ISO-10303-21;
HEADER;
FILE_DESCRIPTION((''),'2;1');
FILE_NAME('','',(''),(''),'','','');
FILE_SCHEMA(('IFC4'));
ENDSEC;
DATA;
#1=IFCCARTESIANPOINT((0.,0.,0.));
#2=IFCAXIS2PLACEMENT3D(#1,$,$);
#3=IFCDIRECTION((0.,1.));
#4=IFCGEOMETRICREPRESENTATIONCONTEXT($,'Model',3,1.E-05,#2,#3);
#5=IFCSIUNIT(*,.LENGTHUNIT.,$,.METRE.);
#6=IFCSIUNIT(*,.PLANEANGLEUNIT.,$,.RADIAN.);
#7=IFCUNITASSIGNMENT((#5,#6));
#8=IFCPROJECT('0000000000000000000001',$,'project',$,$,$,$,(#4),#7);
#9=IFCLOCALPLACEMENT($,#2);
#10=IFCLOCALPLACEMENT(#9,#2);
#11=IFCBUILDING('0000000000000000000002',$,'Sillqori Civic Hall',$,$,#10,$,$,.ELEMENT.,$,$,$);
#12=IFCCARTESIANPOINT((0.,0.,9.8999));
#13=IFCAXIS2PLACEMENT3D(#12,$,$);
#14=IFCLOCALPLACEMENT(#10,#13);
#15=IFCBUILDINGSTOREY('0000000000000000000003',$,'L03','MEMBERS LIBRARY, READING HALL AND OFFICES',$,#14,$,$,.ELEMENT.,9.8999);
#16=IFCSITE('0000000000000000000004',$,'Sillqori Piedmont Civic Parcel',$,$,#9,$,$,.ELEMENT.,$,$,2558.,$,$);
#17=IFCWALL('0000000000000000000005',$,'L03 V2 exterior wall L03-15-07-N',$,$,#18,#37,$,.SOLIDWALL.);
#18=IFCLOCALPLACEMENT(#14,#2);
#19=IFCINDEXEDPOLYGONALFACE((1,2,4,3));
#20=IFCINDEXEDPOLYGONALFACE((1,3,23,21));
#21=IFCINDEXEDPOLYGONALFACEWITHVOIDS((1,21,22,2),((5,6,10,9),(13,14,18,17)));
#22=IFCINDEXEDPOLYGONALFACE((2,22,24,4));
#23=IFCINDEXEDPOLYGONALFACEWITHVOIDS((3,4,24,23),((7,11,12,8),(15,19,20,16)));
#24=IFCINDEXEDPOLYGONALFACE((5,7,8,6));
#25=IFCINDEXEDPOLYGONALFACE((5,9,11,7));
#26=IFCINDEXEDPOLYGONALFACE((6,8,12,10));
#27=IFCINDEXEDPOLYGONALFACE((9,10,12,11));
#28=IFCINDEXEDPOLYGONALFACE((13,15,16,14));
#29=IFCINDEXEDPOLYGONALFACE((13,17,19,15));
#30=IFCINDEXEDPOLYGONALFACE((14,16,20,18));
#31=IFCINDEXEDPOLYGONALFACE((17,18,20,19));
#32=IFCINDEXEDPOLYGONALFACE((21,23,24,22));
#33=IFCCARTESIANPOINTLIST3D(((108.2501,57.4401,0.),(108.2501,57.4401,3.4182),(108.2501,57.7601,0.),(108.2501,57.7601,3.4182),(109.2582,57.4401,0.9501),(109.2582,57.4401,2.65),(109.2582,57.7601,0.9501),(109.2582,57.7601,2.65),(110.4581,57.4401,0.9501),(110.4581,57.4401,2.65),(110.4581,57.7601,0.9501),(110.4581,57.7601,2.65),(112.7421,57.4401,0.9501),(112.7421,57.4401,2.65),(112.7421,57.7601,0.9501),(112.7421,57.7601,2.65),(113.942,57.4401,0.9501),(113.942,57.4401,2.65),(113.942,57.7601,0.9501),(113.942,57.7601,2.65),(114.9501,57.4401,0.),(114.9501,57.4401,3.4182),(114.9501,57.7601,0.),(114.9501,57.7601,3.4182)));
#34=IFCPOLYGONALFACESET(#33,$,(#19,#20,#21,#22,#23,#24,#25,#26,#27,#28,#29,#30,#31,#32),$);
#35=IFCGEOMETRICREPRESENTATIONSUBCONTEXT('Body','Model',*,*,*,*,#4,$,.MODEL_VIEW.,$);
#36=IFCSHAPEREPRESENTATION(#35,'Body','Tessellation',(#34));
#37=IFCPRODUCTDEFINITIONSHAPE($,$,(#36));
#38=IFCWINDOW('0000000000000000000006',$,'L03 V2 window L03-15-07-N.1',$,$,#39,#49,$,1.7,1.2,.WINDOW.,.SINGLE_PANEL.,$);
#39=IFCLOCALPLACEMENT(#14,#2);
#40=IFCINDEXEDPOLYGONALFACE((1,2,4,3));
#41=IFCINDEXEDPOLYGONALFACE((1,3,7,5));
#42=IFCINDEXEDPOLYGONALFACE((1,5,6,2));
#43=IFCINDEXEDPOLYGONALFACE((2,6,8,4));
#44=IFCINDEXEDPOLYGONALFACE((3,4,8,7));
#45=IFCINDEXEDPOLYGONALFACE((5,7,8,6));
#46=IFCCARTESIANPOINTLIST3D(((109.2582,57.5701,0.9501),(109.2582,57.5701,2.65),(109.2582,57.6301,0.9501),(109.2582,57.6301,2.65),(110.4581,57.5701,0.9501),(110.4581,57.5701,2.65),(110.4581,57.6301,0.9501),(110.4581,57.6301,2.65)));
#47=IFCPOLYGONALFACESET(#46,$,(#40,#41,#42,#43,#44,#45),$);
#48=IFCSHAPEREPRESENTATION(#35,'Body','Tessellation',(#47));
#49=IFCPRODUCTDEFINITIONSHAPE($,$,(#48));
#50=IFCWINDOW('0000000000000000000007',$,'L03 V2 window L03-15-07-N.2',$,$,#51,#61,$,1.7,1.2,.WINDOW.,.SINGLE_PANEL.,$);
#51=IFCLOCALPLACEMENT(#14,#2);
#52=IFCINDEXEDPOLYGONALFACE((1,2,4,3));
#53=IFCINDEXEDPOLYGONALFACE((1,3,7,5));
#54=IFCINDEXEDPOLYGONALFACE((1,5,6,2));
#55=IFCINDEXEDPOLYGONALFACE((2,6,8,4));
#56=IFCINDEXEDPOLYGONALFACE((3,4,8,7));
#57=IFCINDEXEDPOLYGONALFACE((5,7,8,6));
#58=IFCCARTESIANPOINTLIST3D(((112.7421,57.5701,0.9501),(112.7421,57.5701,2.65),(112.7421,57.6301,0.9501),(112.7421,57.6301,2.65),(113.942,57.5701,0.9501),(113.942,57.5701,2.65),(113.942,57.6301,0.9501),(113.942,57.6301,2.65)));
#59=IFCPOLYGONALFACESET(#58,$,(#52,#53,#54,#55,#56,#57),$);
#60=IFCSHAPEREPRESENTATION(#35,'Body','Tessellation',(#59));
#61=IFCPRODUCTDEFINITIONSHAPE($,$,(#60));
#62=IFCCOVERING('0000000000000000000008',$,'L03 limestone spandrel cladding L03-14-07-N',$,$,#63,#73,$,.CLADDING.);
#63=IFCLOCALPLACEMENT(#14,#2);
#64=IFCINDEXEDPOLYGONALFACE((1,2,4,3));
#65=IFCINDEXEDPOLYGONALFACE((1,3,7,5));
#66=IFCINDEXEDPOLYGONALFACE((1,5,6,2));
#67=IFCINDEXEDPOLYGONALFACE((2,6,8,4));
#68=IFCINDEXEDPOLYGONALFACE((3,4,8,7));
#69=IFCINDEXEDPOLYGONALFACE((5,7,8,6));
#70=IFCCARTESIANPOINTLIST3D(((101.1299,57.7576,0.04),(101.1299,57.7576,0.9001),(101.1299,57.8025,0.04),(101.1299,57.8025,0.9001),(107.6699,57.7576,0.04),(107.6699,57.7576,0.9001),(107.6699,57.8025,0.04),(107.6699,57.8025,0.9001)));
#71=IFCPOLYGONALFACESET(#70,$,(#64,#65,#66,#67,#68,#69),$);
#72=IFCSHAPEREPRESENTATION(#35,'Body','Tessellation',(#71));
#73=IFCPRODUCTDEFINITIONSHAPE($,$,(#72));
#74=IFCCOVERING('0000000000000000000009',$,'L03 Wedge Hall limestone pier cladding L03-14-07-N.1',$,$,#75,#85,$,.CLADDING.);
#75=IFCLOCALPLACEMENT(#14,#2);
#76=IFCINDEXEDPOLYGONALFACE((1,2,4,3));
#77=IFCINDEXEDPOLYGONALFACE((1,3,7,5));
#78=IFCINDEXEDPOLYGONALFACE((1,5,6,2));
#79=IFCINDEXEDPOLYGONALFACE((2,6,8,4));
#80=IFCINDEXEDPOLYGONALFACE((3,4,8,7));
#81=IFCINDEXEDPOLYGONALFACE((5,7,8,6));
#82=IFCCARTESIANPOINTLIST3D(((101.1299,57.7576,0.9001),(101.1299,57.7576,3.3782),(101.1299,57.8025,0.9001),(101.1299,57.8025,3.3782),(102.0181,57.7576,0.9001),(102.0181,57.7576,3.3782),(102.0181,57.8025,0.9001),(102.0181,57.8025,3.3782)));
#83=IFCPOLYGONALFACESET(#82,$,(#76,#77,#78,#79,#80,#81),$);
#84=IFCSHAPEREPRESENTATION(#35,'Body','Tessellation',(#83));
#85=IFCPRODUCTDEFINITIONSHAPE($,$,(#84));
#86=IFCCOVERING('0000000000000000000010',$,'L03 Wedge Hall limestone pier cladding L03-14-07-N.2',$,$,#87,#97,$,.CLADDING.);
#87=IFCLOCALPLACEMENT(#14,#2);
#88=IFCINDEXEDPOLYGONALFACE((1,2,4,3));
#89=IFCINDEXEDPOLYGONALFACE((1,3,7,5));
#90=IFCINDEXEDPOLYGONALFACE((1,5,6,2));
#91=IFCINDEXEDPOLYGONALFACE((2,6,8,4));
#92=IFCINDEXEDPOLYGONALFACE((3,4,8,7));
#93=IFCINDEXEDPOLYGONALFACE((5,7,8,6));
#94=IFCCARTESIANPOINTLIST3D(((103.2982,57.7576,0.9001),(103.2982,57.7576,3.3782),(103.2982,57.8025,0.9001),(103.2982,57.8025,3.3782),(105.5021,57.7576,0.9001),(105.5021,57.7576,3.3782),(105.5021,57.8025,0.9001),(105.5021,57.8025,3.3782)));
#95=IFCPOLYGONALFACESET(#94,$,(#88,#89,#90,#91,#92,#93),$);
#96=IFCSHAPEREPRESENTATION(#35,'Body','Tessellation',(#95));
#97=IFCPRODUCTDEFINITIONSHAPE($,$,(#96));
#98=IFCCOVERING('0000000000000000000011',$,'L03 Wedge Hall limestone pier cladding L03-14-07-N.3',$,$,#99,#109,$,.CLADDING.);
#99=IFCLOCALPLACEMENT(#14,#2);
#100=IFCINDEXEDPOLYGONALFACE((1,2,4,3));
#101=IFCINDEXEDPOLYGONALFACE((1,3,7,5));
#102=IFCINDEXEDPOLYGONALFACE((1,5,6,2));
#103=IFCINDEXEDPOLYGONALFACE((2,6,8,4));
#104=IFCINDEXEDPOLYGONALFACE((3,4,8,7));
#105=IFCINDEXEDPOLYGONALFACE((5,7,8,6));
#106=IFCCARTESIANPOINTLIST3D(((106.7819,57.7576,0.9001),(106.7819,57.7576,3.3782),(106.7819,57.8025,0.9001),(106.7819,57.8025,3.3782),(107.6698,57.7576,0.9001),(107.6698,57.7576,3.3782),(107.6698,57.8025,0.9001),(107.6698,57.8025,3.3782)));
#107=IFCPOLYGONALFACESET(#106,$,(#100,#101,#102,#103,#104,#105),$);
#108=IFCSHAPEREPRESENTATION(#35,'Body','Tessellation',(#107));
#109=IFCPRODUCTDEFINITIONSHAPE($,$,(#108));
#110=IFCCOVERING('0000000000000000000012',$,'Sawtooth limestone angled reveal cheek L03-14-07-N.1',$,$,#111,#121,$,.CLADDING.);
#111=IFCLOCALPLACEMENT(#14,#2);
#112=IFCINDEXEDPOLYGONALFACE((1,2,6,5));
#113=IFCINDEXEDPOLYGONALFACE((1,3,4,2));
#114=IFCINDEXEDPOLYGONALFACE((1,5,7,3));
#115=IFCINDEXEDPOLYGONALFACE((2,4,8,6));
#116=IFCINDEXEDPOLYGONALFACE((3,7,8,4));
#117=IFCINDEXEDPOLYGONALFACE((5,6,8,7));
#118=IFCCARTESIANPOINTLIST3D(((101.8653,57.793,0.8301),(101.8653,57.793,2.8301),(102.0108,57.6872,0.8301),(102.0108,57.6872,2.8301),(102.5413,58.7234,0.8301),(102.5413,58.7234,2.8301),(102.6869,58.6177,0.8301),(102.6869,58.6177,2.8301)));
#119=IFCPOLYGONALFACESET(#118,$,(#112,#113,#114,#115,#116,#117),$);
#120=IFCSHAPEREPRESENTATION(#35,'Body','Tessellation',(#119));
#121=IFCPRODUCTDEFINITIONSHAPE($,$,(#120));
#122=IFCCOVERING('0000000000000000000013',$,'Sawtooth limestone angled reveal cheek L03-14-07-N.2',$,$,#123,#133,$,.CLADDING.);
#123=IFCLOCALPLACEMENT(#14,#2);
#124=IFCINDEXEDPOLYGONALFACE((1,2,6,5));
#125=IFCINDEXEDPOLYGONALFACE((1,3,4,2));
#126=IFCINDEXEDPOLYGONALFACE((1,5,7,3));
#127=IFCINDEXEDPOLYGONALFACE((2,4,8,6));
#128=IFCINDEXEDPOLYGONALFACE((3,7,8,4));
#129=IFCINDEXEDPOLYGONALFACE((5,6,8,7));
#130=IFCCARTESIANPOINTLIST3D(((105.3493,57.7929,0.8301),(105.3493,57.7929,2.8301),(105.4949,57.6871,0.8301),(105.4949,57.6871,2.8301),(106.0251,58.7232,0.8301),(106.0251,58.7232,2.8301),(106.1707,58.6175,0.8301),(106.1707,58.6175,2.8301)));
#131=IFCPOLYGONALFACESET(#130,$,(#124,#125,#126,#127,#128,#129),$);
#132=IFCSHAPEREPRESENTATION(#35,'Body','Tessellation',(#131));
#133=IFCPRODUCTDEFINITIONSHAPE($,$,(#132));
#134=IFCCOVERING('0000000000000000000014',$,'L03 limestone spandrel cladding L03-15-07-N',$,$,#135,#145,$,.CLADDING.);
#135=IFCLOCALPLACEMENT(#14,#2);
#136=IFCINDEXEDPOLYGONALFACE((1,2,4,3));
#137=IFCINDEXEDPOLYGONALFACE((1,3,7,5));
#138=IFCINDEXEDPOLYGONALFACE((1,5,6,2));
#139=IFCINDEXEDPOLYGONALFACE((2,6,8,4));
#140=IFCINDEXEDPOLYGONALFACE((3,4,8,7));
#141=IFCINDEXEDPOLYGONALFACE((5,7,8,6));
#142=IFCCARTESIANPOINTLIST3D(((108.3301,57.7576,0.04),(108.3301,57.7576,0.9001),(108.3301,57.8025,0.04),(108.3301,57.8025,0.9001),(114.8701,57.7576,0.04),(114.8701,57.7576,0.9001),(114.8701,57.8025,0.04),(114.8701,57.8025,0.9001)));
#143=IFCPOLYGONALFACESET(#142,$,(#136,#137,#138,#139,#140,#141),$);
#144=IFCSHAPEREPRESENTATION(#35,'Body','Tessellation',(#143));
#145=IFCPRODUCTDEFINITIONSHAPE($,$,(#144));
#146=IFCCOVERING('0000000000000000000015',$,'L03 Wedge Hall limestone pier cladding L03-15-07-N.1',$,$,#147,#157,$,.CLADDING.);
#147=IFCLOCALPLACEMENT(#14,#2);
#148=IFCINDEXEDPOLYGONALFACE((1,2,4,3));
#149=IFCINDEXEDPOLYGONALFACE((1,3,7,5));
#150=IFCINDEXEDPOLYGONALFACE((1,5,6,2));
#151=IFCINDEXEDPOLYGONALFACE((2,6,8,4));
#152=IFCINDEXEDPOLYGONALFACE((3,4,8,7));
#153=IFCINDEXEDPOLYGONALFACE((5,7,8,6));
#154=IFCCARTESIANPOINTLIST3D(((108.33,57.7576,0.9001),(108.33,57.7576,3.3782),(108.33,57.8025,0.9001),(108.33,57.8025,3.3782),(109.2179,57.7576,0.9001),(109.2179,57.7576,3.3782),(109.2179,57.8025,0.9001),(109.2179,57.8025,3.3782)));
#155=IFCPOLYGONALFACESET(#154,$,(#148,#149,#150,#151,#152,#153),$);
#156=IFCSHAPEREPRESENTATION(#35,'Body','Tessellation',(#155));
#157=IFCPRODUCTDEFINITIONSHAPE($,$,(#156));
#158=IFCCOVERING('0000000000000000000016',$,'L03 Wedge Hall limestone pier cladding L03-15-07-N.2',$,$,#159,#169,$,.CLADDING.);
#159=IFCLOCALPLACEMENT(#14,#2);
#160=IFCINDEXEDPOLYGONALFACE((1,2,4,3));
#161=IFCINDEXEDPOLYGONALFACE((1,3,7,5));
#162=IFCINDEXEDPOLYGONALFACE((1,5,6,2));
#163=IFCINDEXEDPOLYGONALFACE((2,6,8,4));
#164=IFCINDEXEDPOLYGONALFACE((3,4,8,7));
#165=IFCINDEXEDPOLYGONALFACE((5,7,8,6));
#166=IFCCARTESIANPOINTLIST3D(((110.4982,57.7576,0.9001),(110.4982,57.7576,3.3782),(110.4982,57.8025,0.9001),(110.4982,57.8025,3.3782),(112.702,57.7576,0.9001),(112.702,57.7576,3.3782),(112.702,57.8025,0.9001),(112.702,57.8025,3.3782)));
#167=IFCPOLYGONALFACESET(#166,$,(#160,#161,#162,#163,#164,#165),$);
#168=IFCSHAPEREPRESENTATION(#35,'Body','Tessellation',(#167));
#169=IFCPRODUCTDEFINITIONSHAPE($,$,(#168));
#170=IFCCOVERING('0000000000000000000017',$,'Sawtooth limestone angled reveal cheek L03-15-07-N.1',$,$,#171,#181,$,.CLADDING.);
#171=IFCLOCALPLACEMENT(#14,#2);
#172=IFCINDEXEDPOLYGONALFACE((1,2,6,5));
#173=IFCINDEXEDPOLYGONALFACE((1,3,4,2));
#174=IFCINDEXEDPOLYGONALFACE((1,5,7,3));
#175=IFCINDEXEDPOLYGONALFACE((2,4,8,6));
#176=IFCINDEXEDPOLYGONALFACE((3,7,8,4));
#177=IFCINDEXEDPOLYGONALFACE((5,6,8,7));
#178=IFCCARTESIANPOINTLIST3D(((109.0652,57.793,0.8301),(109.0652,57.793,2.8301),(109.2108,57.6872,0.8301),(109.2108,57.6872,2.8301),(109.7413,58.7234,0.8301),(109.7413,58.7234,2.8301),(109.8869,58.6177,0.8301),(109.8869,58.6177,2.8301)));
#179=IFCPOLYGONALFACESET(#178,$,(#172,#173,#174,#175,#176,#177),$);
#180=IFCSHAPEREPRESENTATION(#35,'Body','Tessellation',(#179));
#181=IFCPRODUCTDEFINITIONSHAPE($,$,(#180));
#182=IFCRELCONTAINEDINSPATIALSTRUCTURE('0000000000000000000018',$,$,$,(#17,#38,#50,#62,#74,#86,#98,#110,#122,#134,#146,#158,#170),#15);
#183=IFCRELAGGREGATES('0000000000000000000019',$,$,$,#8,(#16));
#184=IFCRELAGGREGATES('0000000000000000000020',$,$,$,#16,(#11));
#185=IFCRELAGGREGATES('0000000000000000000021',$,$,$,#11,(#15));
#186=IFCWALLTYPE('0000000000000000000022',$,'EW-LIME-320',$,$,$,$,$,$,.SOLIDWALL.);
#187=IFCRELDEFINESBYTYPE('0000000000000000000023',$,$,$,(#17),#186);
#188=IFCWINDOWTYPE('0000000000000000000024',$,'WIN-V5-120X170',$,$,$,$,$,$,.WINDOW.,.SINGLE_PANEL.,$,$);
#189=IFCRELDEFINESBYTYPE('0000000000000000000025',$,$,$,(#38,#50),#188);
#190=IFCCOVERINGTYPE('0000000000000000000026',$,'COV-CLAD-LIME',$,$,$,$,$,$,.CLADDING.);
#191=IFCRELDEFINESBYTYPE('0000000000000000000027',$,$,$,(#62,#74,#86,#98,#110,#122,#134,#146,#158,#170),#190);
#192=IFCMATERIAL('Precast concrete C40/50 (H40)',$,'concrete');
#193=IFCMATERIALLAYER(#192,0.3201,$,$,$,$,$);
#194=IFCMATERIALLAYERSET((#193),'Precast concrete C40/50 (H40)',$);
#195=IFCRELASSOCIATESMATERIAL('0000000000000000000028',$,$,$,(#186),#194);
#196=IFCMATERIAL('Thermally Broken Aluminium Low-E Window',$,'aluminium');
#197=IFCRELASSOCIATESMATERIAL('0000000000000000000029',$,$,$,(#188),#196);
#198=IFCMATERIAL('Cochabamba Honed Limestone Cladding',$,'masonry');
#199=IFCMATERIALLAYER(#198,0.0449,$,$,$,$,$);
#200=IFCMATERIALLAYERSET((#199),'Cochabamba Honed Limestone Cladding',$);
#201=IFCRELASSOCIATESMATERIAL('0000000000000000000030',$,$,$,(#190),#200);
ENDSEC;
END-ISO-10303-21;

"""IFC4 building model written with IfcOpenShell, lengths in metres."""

from ifc_helpers import new_model, si_unit, direction, frame, frame_2d, origin, place, context, subcontext, project, spatial, rectangle, extrude, material, layer, layer_set, type_object, element, fill, save


model = new_model("IFC4")

# Units and contexts
model_context = context("Model", 3, precision=1e-05, world=origin(), true_north=direction((0.0, 1.0)))
body_context = subcontext(model_context, "Body", "Model", "MODEL_VIEW")
ifc_project = project(units=[si_unit("LENGTHUNIT", "METRE"), si_unit("PLANEANGLEUNIT", "RADIAN")], contexts=[model_context])

# Site, building, storey
site_placement = place(None, origin())
site = spatial("IfcSite", under=ifc_project, at=site_placement, Name="Sillqori Piedmont Civic Parcel", CompositionType="ELEMENT", RefElevation=2558.0)
building_placement = place(site_placement, origin())
building = spatial("IfcBuilding", under=site, at=building_placement, Name="Sillqori Civic Hall", CompositionType="ELEMENT")
storey_placement = place(building_placement, frame((0.0, 0.0, 9.8999)))
storey = spatial("IfcBuildingStorey", under=building, at=storey_placement, Name="L03", Description="MEMBERS LIBRARY, READING HALL AND OFFICES", CompositionType="ELEMENT", Elevation=9.8999)

# Wall, openings, windows
ifc_material_1 = material(Name="Precast concrete C40/50 (H40)", Category="concrete")
ifc_layer_1 = layer(ifc_material_1, 0.3201)
ifc_layer_set_1 = layer_set([ifc_layer_1], Name="Precast concrete C40/50 (H40)")
wall_type = type_object("IfcWallType", Name="EW-LIME-320", PredefinedType="SOLIDWALL", material=ifc_layer_set_1)
ifc_material_2 = material(Name="Thermally Broken Aluminium Low-E Window", Category="aluminium")
window_type = type_object("IfcWindowType", Name="WIN-V5-120X170", PartitioningType="SINGLE_PANEL", PredefinedType="WINDOW", material=ifc_material_2)
wall_1_placement = place(storey_placement, frame((108.25, 57.6001, 0.0), z_axis=(0.0, 0.0, 1.0), x_axis=(1.0, 0.0, 0.0)))
wall_1 = element("IfcWall", 1, at=wall_1_placement, inside=storey, type_object=wall_type, Name="L03 V2 exterior wall L03-15-07-N", PredefinedType="SOLIDWALL", context=body_context, shape_type="SweptSolid", body=[
    extrude(rectangle(XDim=6.7, YDim=0.3201, at=frame_2d((3.3501, 0.0))), origin(), (0.0, 0.0, 1.0), 3.4182),
])
opening_1_placement = place(wall_1_placement, frame((1.0081, 0.0, 0.95)))
opening_1 = element("IfcOpeningElement", 2, at=opening_1_placement, cuts=wall_1, PredefinedType="OPENING", context=body_context, shape_type="SweptSolid", body=[
    extrude(rectangle(XDim=1.2, YDim=1.7, at=frame_2d((0.6001, 0.8501))), frame((0.0, 0.1699, 0.0), z_axis=(0.0, -1.0, 0.0), x_axis=(1.0, 0.0, 0.0)), (0.0, 0.0, 1.0), 0.3401),
])
opening_2_placement = place(wall_1_placement, frame((4.4919, 0.0, 0.95)))
opening_2 = element("IfcOpeningElement", 3, at=opening_2_placement, cuts=wall_1, PredefinedType="OPENING", context=body_context, shape_type="SweptSolid", body=[
    extrude(rectangle(XDim=1.2, YDim=1.7, at=frame_2d((0.6001, 0.8501))), frame((0.0, 0.1699, 0.0), z_axis=(0.0, -1.0, 0.0), x_axis=(1.0, 0.0, 0.0)), (0.0, 0.0, 1.0), 0.3401),
])
window_1_placement = place(opening_1_placement, origin())
window_1 = element("IfcWindow", 4, at=window_1_placement, inside=storey, type_object=window_type, Name="L03 V2 window L03-15-07-N.1", OverallHeight=1.7, OverallWidth=1.2, PartitioningType="SINGLE_PANEL", PredefinedType="WINDOW", context=body_context, shape_type="SweptSolid", body=[
    extrude(rectangle(XDim=1.2, YDim=1.7, at=frame_2d((0.6001, 0.8501))), frame((0.0, 0.03, 0.0), z_axis=(0.0, -1.0, 0.0), x_axis=(1.0, 0.0, 0.0)), (0.0, 0.0, 1.0), 0.0601),
])
fill(opening_1, window_1)
window_2_placement = place(opening_2_placement, origin())
window_2 = element("IfcWindow", 5, at=window_2_placement, inside=storey, type_object=window_type, Name="L03 V2 window L03-15-07-N.2", OverallHeight=1.7, OverallWidth=1.2, PartitioningType="SINGLE_PANEL", PredefinedType="WINDOW", context=body_context, shape_type="SweptSolid", body=[
    extrude(rectangle(XDim=1.2, YDim=1.7, at=frame_2d((0.6001, 0.8501))), frame((0.0, 0.03, 0.0), z_axis=(0.0, -1.0, 0.0), x_axis=(1.0, 0.0, 0.0)), (0.0, 0.0, 1.0), 0.0601),
])
fill(opening_2, window_2)

# Coverings
ifc_material_3 = material(Name="Cochabamba Honed Limestone Cladding", Category="masonry")
ifc_layer_2 = layer(ifc_material_3, 0.0449)
ifc_layer_set_2 = layer_set([ifc_layer_2], Name="Cochabamba Honed Limestone Cladding")
covering_type = type_object("IfcCoveringType", Name="COV-CLAD-LIME", PredefinedType="CLADDING", material=ifc_layer_set_2)
covering_1_placement = place(storey_placement, frame((101.1299, 57.78, 0.04), z_axis=(0.0, 0.0, 1.0), x_axis=(1.0, 0.0, 0.0)))
element("IfcCovering", 6, at=covering_1_placement, inside=storey, type_object=covering_type, Name="L03 limestone spandrel cladding L03-14-07-N", PredefinedType="CLADDING", context=body_context, shape_type="SweptSolid", body=[
    extrude(rectangle(XDim=6.54, YDim=0.0449, at=frame_2d((3.27, 0.0))), origin(), (0.0, 0.0, 1.0), 0.8601),
])
covering_2_placement = place(storey_placement, frame((101.1299, 57.78, 0.9001), z_axis=(0.0, 0.0, 1.0), x_axis=(1.0, 0.0, 0.0)))
element("IfcCovering", 7, at=covering_2_placement, inside=storey, type_object=covering_type, Name="L03 Wedge Hall limestone pier cladding L03-14-07-N.1", PredefinedType="CLADDING", context=body_context, shape_type="SweptSolid", body=[
    extrude(rectangle(XDim=0.8882, YDim=0.0449, at=frame_2d((0.4441, 0.0))), origin(), (0.0, 0.0, 1.0), 2.478),
])
covering_3_placement = place(storey_placement, frame((103.2981, 57.78, 0.9001), z_axis=(0.0, 0.0, 1.0), x_axis=(1.0, 0.0, 0.0)))
element("IfcCovering", 8, at=covering_3_placement, inside=storey, type_object=covering_type, Name="L03 Wedge Hall limestone pier cladding L03-14-07-N.2", PredefinedType="CLADDING", context=body_context, shape_type="SweptSolid", body=[
    extrude(rectangle(XDim=2.2039, YDim=0.0449, at=frame_2d((1.1021, 0.0))), origin(), (0.0, 0.0, 1.0), 2.478),
])
covering_4_placement = place(storey_placement, frame((106.782, 57.78, 0.9001), z_axis=(0.0, 0.0, 1.0), x_axis=(1.0, 0.0, 0.0)))
element("IfcCovering", 9, at=covering_4_placement, inside=storey, type_object=covering_type, Name="L03 Wedge Hall limestone pier cladding L03-14-07-N.3", PredefinedType="CLADDING", context=body_context, shape_type="SweptSolid", body=[
    extrude(rectangle(XDim=0.8879, YDim=0.0449, at=frame_2d((0.4438, 0.0))), origin(), (0.0, 0.0, 1.0), 2.478),
])
covering_5_placement = place(storey_placement, frame((101.938, 57.74, 0.8301), z_axis=(0.0, 0.0, 1.0), x_axis=(0.587806, 0.809002, 0.0)))
element("IfcCovering", 10, at=covering_5_placement, inside=storey, type_object=covering_type, Name="Sawtooth limestone angled reveal cheek L03-14-07-N.1", PredefinedType="CLADDING", context=body_context, shape_type="SweptSolid", body=[
    extrude(rectangle(XDim=1.1501, YDim=0.1799, at=frame_2d((0.5752, 0.0))), origin(), (0.0, 0.0, 1.0), 2.0),
])
covering_6_placement = place(storey_placement, frame((105.4221, 57.74, 0.8301), z_axis=(0.0, 0.0, 1.0), x_axis=(0.587667, 0.809103, 0.0)))
element("IfcCovering", 11, at=covering_6_placement, inside=storey, type_object=covering_type, Name="Sawtooth limestone angled reveal cheek L03-14-07-N.2", PredefinedType="CLADDING", context=body_context, shape_type="SweptSolid", body=[
    extrude(rectangle(XDim=1.1499, YDim=0.1799, at=frame_2d((0.575, 0.0))), origin(), (0.0, 0.0, 1.0), 2.0),
])
covering_7_placement = place(storey_placement, frame((108.3301, 57.78, 0.04), z_axis=(0.0, 0.0, 1.0), x_axis=(1.0, 0.0, 0.0)))
element("IfcCovering", 12, at=covering_7_placement, inside=storey, type_object=covering_type, Name="L03 limestone spandrel cladding L03-15-07-N", PredefinedType="CLADDING", context=body_context, shape_type="SweptSolid", body=[
    extrude(rectangle(XDim=6.54, YDim=0.0449, at=frame_2d((3.27, 0.0))), origin(), (0.0, 0.0, 1.0), 0.8601),
])
covering_8_placement = place(storey_placement, frame((108.3301, 57.78, 0.9001), z_axis=(0.0, 0.0, 1.0), x_axis=(1.0, 0.0, 0.0)))
element("IfcCovering", 13, at=covering_8_placement, inside=storey, type_object=covering_type, Name="L03 Wedge Hall limestone pier cladding L03-15-07-N.1", PredefinedType="CLADDING", context=body_context, shape_type="SweptSolid", body=[
    extrude(rectangle(XDim=0.8879, YDim=0.0449, at=frame_2d((0.4438, 0.0))), origin(), (0.0, 0.0, 1.0), 2.478),
])
covering_9_placement = place(storey_placement, frame((110.498, 57.78, 0.9001), z_axis=(0.0, 0.0, 1.0), x_axis=(1.0, 0.0, 0.0)))
element("IfcCovering", 14, at=covering_9_placement, inside=storey, type_object=covering_type, Name="L03 Wedge Hall limestone pier cladding L03-15-07-N.2", PredefinedType="CLADDING", context=body_context, shape_type="SweptSolid", body=[
    extrude(rectangle(XDim=2.2039, YDim=0.0449, at=frame_2d((1.1021, 0.0))), origin(), (0.0, 0.0, 1.0), 2.478),
])
for number, where, z_axis, x_axis, name in (
    (15, (109.1379, 57.74, 0.8301), (0.0, 0.0, 1.0), (0.587806, 0.809002, 0.0), "Sawtooth limestone angled reveal cheek L03-15-07-N.1"),
):
    element("IfcCovering", number, at=place(storey_placement, frame(where, z_axis=z_axis, x_axis=x_axis)), inside=storey, type_object=covering_type, Name=name, PredefinedType="CLADDING", context=body_context, shape_type="SweptSolid", body=[
        extrude(rectangle(XDim=1.1501, YDim=0.1799, at=frame_2d((0.5752, 0.0))), origin(), (0.0, 0.0, 1.0), 2.0),
    ])

save(model, "model.ifc")
